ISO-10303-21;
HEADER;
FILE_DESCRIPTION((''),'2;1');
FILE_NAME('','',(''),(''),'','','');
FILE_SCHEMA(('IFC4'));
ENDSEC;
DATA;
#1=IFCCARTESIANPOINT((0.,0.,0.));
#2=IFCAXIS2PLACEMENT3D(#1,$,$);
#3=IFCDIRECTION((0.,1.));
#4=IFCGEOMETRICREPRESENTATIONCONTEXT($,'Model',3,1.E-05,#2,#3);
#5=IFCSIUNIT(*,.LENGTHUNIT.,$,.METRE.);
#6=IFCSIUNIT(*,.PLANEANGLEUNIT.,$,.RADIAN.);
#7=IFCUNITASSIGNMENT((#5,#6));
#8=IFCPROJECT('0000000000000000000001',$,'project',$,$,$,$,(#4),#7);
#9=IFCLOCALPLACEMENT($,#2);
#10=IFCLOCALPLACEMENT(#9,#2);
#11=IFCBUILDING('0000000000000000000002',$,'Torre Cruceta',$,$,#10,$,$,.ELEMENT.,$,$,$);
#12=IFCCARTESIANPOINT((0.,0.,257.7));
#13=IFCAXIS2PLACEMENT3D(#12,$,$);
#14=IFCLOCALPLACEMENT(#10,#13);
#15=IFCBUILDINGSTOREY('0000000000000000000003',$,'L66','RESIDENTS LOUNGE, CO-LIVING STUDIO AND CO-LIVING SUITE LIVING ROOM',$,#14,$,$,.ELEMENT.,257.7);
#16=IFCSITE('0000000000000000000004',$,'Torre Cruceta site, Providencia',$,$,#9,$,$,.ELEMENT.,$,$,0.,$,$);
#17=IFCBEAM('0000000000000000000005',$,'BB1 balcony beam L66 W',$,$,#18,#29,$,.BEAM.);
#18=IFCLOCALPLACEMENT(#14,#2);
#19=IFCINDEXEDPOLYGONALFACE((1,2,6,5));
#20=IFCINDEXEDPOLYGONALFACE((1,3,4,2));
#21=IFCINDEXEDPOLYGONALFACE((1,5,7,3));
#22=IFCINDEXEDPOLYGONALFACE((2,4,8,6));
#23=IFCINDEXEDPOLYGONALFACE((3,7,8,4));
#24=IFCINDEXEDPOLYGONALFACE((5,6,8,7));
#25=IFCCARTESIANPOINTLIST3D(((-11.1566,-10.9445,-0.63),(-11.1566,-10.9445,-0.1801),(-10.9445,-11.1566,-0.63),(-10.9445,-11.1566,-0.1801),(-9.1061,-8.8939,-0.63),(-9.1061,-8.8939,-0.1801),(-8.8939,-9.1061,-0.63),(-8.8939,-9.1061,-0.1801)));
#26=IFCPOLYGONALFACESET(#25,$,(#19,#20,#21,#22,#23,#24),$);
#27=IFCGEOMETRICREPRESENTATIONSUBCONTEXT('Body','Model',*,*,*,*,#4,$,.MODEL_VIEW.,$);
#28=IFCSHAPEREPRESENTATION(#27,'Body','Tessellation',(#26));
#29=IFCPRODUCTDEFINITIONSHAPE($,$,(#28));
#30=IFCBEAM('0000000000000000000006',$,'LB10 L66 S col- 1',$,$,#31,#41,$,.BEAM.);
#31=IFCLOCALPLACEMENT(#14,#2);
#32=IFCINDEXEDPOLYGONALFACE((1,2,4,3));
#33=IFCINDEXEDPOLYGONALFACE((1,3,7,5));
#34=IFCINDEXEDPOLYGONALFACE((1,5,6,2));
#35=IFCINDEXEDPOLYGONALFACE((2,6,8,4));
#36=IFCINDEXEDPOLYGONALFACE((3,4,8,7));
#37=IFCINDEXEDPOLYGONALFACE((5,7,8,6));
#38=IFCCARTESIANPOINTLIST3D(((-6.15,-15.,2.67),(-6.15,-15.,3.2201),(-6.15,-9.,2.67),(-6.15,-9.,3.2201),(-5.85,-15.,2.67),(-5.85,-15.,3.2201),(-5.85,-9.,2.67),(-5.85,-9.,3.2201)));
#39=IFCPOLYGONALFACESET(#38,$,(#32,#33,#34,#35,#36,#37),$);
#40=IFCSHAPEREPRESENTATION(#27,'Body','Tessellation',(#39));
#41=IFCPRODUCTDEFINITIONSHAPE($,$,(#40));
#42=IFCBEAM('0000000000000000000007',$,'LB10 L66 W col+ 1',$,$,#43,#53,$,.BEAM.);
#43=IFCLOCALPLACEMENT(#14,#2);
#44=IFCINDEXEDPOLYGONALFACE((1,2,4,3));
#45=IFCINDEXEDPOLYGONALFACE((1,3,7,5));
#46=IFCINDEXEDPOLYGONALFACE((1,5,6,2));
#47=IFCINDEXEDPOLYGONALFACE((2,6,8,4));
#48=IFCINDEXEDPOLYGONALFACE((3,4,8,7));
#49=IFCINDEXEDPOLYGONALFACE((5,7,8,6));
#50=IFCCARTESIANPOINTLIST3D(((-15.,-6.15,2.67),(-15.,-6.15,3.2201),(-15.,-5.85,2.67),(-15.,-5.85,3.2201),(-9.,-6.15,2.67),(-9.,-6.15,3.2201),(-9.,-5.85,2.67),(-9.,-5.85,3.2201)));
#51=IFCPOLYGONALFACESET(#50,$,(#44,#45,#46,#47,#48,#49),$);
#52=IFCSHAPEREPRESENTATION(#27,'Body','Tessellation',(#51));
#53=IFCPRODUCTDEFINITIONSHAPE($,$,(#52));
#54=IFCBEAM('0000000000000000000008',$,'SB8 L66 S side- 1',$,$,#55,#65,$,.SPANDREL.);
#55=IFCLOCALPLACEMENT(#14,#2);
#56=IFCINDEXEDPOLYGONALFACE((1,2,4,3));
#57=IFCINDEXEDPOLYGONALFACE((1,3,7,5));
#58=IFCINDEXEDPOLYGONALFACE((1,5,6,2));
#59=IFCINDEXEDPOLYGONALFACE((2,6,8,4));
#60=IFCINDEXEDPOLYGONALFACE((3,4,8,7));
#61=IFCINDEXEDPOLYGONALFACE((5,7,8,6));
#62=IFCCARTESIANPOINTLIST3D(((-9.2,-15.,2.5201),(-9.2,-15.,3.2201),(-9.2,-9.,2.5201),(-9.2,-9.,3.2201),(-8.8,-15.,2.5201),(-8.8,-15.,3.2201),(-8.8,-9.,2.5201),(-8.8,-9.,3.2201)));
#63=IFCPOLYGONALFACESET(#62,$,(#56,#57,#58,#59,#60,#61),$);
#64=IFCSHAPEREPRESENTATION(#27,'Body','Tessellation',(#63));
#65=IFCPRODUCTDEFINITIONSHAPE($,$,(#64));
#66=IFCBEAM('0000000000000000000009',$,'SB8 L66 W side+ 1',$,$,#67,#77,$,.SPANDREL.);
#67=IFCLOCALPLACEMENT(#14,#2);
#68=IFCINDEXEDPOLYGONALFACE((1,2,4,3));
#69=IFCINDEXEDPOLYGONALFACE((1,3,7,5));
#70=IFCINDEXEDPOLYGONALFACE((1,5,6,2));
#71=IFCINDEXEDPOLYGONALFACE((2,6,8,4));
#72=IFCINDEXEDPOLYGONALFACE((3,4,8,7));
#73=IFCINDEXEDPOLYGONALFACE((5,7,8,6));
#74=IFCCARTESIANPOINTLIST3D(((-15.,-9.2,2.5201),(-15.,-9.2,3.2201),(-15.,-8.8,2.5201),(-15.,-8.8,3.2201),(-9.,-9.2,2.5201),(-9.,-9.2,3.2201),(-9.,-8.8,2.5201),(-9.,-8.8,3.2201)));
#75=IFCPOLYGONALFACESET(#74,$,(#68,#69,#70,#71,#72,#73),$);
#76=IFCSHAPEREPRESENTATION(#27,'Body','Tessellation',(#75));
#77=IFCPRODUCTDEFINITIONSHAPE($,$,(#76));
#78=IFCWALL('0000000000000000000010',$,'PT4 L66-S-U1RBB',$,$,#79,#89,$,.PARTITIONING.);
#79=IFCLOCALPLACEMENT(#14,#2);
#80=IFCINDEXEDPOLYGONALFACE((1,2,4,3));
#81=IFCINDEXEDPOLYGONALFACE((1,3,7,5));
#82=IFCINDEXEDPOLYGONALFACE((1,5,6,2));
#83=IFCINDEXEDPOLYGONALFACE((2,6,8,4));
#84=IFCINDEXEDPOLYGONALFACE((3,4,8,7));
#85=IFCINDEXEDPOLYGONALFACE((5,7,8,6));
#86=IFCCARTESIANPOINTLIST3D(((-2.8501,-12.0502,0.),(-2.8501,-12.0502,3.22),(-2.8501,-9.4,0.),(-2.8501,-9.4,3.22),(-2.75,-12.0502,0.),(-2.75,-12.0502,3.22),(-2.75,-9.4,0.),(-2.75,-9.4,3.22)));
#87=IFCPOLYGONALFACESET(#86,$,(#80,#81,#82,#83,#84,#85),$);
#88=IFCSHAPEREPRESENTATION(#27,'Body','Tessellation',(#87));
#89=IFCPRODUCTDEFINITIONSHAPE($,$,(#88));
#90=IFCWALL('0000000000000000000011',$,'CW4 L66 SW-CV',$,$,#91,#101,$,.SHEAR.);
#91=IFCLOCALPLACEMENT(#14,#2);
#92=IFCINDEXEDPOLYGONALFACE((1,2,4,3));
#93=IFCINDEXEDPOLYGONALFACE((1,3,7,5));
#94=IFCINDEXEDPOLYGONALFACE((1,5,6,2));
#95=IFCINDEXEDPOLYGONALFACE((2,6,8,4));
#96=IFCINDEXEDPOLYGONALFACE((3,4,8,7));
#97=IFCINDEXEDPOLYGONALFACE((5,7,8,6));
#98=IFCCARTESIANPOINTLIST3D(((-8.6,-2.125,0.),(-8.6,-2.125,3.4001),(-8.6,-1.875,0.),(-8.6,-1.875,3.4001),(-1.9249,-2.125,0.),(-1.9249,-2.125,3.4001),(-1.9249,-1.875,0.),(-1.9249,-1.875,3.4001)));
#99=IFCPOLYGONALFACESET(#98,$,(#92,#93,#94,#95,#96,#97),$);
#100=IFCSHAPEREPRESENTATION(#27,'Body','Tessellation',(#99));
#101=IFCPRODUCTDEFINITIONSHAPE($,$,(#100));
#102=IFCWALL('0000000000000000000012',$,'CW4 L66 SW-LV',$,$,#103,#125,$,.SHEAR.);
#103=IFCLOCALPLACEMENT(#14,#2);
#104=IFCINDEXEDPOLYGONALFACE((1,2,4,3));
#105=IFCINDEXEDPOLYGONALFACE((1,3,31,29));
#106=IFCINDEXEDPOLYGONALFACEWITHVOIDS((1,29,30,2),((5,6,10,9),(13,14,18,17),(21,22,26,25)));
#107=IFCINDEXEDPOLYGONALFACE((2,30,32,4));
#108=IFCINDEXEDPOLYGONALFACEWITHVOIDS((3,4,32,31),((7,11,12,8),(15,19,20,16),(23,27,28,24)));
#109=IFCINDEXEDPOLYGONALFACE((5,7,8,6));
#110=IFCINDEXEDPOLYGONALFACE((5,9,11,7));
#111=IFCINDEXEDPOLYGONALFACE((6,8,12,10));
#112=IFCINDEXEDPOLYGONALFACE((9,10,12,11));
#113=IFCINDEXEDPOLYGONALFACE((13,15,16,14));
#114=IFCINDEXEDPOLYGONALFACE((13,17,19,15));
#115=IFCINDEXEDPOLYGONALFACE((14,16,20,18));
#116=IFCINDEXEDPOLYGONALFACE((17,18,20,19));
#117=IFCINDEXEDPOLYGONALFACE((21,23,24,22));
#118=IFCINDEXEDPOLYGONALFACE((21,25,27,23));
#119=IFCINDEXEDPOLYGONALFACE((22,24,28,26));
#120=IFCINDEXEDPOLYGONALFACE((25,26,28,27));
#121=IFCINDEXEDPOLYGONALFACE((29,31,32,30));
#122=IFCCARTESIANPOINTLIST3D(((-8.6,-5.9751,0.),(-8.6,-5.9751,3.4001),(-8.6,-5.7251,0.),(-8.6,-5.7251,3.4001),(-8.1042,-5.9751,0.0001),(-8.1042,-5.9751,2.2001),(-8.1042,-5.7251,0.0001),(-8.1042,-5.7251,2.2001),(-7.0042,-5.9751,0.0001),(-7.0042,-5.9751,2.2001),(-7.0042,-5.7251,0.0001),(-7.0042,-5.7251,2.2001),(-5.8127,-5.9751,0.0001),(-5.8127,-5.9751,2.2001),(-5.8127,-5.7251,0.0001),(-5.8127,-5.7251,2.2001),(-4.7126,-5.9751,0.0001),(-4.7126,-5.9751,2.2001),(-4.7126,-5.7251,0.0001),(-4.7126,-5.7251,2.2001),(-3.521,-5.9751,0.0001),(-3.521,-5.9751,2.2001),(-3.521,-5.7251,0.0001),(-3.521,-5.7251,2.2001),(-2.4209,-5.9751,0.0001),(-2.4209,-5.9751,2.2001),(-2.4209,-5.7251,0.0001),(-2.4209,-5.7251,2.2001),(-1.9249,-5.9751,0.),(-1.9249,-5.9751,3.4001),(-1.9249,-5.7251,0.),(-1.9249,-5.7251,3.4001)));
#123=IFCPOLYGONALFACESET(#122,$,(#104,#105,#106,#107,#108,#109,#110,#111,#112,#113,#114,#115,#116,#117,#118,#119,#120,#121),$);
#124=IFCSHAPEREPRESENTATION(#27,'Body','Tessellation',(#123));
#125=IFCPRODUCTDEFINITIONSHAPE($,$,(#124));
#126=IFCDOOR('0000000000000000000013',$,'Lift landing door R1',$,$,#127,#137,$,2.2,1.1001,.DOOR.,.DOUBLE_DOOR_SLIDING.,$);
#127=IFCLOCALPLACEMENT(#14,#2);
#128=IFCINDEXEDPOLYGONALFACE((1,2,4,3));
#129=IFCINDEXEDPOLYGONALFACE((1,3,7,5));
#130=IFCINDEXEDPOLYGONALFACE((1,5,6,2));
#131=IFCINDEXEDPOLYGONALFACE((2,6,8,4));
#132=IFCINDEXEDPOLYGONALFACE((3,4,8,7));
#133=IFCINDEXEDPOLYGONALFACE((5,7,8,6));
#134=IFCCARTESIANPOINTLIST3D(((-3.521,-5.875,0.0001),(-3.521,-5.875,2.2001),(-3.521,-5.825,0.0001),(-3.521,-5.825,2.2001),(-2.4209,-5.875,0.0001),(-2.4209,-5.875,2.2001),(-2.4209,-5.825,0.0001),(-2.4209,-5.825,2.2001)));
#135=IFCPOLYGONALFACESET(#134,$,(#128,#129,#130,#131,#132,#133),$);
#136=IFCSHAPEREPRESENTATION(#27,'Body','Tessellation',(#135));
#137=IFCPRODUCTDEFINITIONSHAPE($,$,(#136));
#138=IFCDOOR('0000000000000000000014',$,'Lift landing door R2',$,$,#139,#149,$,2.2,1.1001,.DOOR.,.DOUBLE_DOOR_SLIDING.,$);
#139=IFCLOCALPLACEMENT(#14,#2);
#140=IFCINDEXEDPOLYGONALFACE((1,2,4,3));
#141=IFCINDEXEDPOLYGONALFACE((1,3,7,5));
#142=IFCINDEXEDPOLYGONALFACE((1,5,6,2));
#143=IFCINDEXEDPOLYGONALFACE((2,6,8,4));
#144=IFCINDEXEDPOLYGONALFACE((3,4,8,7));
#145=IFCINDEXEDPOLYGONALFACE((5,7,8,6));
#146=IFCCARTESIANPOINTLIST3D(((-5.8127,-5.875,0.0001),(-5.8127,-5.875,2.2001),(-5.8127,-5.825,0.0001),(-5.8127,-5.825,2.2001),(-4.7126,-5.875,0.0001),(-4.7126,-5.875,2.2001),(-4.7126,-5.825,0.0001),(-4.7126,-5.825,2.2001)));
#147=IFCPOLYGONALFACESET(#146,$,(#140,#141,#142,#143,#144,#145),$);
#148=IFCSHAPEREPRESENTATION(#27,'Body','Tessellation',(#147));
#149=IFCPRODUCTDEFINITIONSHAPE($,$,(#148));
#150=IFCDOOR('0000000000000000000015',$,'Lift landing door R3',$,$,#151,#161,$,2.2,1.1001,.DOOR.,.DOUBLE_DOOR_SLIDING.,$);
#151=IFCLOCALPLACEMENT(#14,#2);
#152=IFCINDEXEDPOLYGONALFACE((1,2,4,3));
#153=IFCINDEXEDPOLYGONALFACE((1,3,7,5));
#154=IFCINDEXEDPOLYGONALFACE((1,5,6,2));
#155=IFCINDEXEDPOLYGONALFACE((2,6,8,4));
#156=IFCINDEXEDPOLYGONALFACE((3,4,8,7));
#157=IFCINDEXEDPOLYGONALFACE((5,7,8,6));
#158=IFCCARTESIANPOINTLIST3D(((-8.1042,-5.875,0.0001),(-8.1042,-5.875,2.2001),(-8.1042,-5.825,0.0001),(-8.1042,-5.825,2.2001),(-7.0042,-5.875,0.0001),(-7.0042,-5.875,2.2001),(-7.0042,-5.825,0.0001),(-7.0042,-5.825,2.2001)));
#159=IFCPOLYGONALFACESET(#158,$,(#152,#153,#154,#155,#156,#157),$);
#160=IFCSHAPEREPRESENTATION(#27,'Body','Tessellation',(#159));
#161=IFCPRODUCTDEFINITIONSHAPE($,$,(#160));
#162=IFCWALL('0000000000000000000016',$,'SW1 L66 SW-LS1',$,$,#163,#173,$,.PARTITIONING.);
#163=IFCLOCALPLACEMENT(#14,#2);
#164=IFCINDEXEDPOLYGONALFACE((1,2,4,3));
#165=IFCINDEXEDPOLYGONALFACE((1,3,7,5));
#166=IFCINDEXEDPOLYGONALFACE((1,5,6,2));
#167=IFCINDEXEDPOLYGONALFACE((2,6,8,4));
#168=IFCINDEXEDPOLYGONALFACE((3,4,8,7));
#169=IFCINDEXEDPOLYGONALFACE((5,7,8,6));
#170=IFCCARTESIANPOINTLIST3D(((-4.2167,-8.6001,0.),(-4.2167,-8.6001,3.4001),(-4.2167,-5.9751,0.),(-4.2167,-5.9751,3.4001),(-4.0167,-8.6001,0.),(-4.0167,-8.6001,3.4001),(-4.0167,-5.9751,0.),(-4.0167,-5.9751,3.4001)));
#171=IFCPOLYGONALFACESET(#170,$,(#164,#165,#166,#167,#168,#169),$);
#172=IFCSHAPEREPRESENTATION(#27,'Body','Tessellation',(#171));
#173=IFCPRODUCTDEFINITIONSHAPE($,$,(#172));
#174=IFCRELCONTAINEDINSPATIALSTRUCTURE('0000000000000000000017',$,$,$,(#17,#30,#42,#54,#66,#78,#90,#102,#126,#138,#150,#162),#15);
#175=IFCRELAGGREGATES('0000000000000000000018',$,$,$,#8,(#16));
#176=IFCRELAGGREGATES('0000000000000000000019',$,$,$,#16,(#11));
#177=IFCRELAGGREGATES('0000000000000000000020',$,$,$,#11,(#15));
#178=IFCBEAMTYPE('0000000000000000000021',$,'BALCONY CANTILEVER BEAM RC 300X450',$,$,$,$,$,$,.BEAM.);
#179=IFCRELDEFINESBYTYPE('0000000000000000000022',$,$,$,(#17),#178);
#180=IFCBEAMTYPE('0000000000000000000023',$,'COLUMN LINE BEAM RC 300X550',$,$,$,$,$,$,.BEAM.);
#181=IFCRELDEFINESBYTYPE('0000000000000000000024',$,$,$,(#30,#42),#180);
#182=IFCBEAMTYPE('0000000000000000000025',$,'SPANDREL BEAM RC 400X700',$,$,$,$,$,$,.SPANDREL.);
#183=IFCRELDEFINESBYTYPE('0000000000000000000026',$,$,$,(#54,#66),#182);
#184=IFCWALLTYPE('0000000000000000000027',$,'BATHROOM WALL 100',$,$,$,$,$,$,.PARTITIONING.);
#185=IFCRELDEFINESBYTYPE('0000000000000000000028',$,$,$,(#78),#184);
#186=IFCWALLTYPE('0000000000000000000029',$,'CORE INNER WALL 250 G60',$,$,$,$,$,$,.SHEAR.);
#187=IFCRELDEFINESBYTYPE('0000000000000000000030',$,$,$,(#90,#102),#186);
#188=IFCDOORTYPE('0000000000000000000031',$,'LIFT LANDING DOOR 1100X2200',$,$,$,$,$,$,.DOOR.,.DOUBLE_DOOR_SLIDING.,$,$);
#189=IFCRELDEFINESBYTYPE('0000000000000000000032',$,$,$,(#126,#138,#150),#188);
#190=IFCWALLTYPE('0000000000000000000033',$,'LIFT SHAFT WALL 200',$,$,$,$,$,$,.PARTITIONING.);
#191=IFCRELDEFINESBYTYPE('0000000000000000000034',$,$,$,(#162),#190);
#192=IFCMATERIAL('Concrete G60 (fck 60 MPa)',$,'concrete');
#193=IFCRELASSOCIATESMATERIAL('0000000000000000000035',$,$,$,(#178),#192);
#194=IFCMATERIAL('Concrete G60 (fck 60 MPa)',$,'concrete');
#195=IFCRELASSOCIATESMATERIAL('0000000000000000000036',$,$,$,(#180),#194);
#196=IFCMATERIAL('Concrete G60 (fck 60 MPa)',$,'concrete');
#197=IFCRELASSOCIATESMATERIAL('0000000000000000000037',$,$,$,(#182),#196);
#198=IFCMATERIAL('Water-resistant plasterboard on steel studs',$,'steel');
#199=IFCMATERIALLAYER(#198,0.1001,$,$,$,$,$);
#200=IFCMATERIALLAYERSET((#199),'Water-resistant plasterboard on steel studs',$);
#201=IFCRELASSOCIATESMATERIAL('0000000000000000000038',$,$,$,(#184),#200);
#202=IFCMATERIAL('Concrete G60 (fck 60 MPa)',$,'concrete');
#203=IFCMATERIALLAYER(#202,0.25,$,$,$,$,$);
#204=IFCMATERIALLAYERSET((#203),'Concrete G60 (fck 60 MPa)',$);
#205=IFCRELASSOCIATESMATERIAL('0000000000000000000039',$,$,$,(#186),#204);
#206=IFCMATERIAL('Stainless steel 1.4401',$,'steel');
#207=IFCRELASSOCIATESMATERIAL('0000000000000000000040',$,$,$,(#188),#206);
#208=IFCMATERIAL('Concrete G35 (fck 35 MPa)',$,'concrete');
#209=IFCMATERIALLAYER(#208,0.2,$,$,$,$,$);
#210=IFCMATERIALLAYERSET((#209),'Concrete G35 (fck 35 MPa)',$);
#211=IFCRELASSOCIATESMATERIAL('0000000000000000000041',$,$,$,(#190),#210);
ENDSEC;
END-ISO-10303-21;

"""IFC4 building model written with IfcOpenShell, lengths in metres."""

from ifc_helpers import new_model, si_unit, direction, frame, frame_2d, origin, origin_2d, place, context, subcontext, project, spatial, rectangle, extrude, material, layer, layer_set, material_profile, profile_set, type_object, element, fill, save


model = new_model("IFC4")

# Units and contexts
model_context = context("Model", 3, precision=1e-05, world=origin(), true_north=direction((0.0, 1.0)))
body_context = subcontext(model_context, "Body", "Model", "MODEL_VIEW")
ifc_project = project(units=[si_unit("LENGTHUNIT", "METRE"), si_unit("PLANEANGLEUNIT", "RADIAN")], contexts=[model_context])

# Site, building, storey
site_placement = place(None, origin())
site = spatial("IfcSite", under=ifc_project, at=site_placement, Name="Torre Cruceta site, Providencia", CompositionType="ELEMENT", RefElevation=0.0)
building_placement = place(site_placement, origin())
building = spatial("IfcBuilding", under=site, at=building_placement, Name="Torre Cruceta", CompositionType="ELEMENT")
storey_placement = place(building_placement, frame((0.0, 0.0, 257.7)))
storey = spatial("IfcBuildingStorey", under=building, at=storey_placement, Name="L66", Description="RESIDENTS LOUNGE, CO-LIVING STUDIO AND CO-LIVING SUITE LIVING ROOM", CompositionType="ELEMENT", Elevation=257.7)

# Beams
ifc_material_1 = material(Name="Concrete G60 (fck 60 MPa)", Category="concrete")
ifc_material_profile_1 = material_profile(ifc_material_1, rectangle(XDim=0.3, YDim=0.45, at=origin_2d()), Name="RC 300X450")
ifc_profile_set_1 = profile_set([ifc_material_profile_1], Name="Concrete G60 (fck 60 MPa)")
beam_type_1 = type_object("IfcBeamType", Name="BALCONY CANTILEVER BEAM RC 300X450", PredefinedType="BEAM", material=ifc_profile_set_1)
beam_placement = place(storey_placement, frame((-9.0, -9.0, -0.405), z_axis=(-0.707107, -0.707107, 0.0), x_axis=(0.707107, -0.707107, 0.0)))
element("IfcBeam", 1, at=beam_placement, inside=storey, type_object=beam_type_1, Name="BB1 balcony beam L66 W", PredefinedType="BEAM", context=body_context, shape_type="SweptSolid", body=[
    extrude(rectangle(XDim=0.3, YDim=0.45, at=origin_2d()), origin(), (0.0, 0.0, 1.0), 2.8999),
])
ifc_material_2 = material(Name="Concrete G60 (fck 60 MPa)", Category="concrete")
ifc_material_profile_2 = material_profile(ifc_material_2, rectangle(XDim=0.3, YDim=0.55, at=origin_2d()), Name="RC 300X550")
ifc_profile_set_2 = profile_set([ifc_material_profile_2], Name="Concrete G60 (fck 60 MPa)")
beam_type_2 = type_object("IfcBeamType", Name="COLUMN LINE BEAM RC 300X550", PredefinedType="BEAM", material=ifc_profile_set_2)
for number, where, z_axis, x_axis, name in (
    (2, (-6.0, -9.0, 2.9451), (0.0, -1.0, 0.0), (1.0, 0.0, 0.0), "LB10 L66 S col- 1"),
    (3, (-9.0, -6.0, 2.9451), (-1.0, 0.0, 0.0), (0.0, -1.0, 0.0), "LB10 L66 W col+ 1"),
):
    element("IfcBeam", number, at=place(storey_placement, frame(where, z_axis=z_axis, x_axis=x_axis)), inside=storey, type_object=beam_type_2, Name=name, PredefinedType="BEAM", context=body_context, shape_type="SweptSolid", body=[
        extrude(rectangle(XDim=0.3, YDim=0.55, at=origin_2d()), origin(), (0.0, 0.0, 1.0), 6.0),
    ])
ifc_material_3 = material(Name="Concrete G60 (fck 60 MPa)", Category="concrete")
ifc_material_profile_3 = material_profile(ifc_material_3, rectangle(XDim=0.3999, YDim=0.7, at=origin_2d()), Name="RC 400X700")
ifc_profile_set_3 = profile_set([ifc_material_profile_3], Name="Concrete G60 (fck 60 MPa)")
beam_type_3 = type_object("IfcBeamType", Name="SPANDREL BEAM RC 400X700", PredefinedType="SPANDREL", material=ifc_profile_set_3)
for number, where, z_axis, x_axis, name in (
    (4, (-9.0, -9.0, 2.8701), (0.0, -1.0, 0.0), (1.0, 0.0, 0.0), "SB8 L66 S side- 1"),
    (5, (-9.0, -9.0, 2.8701), (-1.0, 0.0, 0.0), (0.0, -1.0, 0.0), "SB8 L66 W side+ 1"),
):
    element("IfcBeam", number, at=place(storey_placement, frame(where, z_axis=z_axis, x_axis=x_axis)), inside=storey, type_object=beam_type_3, Name=name, PredefinedType="SPANDREL", context=body_context, shape_type="SweptSolid", body=[
        extrude(rectangle(XDim=0.3999, YDim=0.7, at=origin_2d()), origin(), (0.0, 0.0, 1.0), 6.0),
    ])

# Wall
ifc_material_4 = material(Name="Water-resistant plasterboard on steel studs", Category="steel")
ifc_layer_1 = layer(ifc_material_4, 0.1001)
ifc_layer_set_1 = layer_set([ifc_layer_1], Name="Water-resistant plasterboard on steel studs")
wall_type_1 = type_object("IfcWallType", Name="BATHROOM WALL 100", PredefinedType="PARTITIONING", material=ifc_layer_set_1)
wall_1_placement = place(storey_placement, frame((-2.8, -9.3999, 0.0), z_axis=(0.0, 0.0, 1.0), x_axis=(0.0, -1.0, 0.0)))
element("IfcWall", 6, at=wall_1_placement, inside=storey, type_object=wall_type_1, Name="PT4 L66-S-U1RBB", PredefinedType="PARTITIONING", context=body_context, shape_type="SweptSolid", body=[
    extrude(rectangle(XDim=2.6501, YDim=0.1001, at=frame_2d((1.3252, 0.0))), origin(), (0.0, 0.0, 1.0), 3.22),
])

# Shared definitions
ifc_material_5 = material(Name="Concrete G60 (fck 60 MPa)", Category="concrete")
ifc_layer_2 = layer(ifc_material_5, 0.25)
ifc_layer_set_2 = layer_set([ifc_layer_2], Name="Concrete G60 (fck 60 MPa)")
wall_type_2 = type_object("IfcWallType", Name="CORE INNER WALL 250 G60", PredefinedType="SHEAR", material=ifc_layer_set_2)

# Wall
wall_2_placement = place(storey_placement, frame((-1.925, -2.0, 0.0), z_axis=(0.0, 0.0, 1.0), x_axis=(-1.0, 0.0, 0.0)))
element("IfcWall", 7, at=wall_2_placement, inside=storey, type_object=wall_type_2, Name="CW4 L66 SW-CV", PredefinedType="SHEAR", context=body_context, shape_type="SweptSolid", body=[
    extrude(rectangle(XDim=6.675, YDim=0.25, at=frame_2d((3.3374, 0.0))), origin(), (0.0, 0.0, 1.0), 3.4001),
])

# Wall, openings, doors
wall_3_placement = place(storey_placement, frame((-1.925, -5.8501, 0.0), z_axis=(0.0, 0.0, 1.0), x_axis=(-1.0, 0.0, 0.0)))
wall_3 = element("IfcWall", 8, at=wall_3_placement, inside=storey, type_object=wall_type_2, Name="CW4 L66 SW-LV", PredefinedType="SHEAR", context=body_context, shape_type="SweptSolid", body=[
    extrude(rectangle(XDim=6.675, YDim=0.25, at=frame_2d((3.3374, 0.0))), origin(), (0.0, 0.0, 1.0), 3.4001),
])
opening_1_placement = place(wall_3_placement, frame((0.4958, 0.0, 0.0)))
opening_1 = element("IfcOpeningElement", 9, at=opening_1_placement, cuts=wall_3, PredefinedType="OPENING", context=body_context, shape_type="SweptSolid", body=[
    extrude(rectangle(XDim=1.1001, YDim=2.2, at=frame_2d((0.55, 1.1001))), frame((0.0, 0.135, 0.0), z_axis=(0.0, -1.0, 0.0), x_axis=(1.0, 0.0, 0.0)), (0.0, 0.0, 1.0), 0.27),
])
opening_2_placement = place(wall_3_placement, frame((2.7876, 0.0, 0.0)))
opening_2 = element("IfcOpeningElement", 10, at=opening_2_placement, cuts=wall_3, PredefinedType="OPENING", context=body_context, shape_type="SweptSolid", body=[
    extrude(rectangle(XDim=1.1001, YDim=2.2, at=frame_2d((0.55, 1.1001))), frame((0.0, 0.135, 0.0), z_axis=(0.0, -1.0, 0.0), x_axis=(1.0, 0.0, 0.0)), (0.0, 0.0, 1.0), 0.27),
])
opening_3_placement = place(wall_3_placement, frame((5.0791, 0.0, 0.0)))
opening_3 = element("IfcOpeningElement", 11, at=opening_3_placement, cuts=wall_3, PredefinedType="OPENING", context=body_context, shape_type="SweptSolid", body=[
    extrude(rectangle(XDim=1.1001, YDim=2.2, at=frame_2d((0.55, 1.1001))), frame((0.0, 0.135, 0.0), z_axis=(0.0, -1.0, 0.0), x_axis=(1.0, 0.0, 0.0)), (0.0, 0.0, 1.0), 0.27),
])
ifc_material_6 = material(Name="Stainless steel 1.4401", Category="steel")
door_type_1 = type_object("IfcDoorType", Name="LIFT LANDING DOOR 1100X2200", OperationType="DOUBLE_DOOR_SLIDING", PredefinedType="DOOR", material=ifc_material_6)
door_1_placement = place(opening_1_placement, origin())
door_1 = element("IfcDoor", 12, at=door_1_placement, inside=storey, type_object=door_type_1, Name="Lift landing door R1", OperationType="DOUBLE_DOOR_SLIDING", OverallHeight=2.2, OverallWidth=1.1001, PredefinedType="DOOR", context=body_context, shape_type="SweptSolid", body=[
    extrude(rectangle(XDim=1.1001, YDim=2.2, at=frame_2d((0.55, 1.1001))), frame((0.0, 0.0249, 0.0), z_axis=(0.0, -1.0, 0.0), x_axis=(1.0, 0.0, 0.0)), (0.0, 0.0, 1.0), 0.05),
])
fill(opening_1, door_1)
door_2_placement = place(opening_2_placement, origin())
door_2 = element("IfcDoor", 13, at=door_2_placement, inside=storey, type_object=door_type_1, Name="Lift landing door R2", OperationType="DOUBLE_DOOR_SLIDING", OverallHeight=2.2, OverallWidth=1.1001, PredefinedType="DOOR", context=body_context, shape_type="SweptSolid", body=[
    extrude(rectangle(XDim=1.1001, YDim=2.2, at=frame_2d((0.55, 1.1001))), frame((0.0, 0.0249, 0.0), z_axis=(0.0, -1.0, 0.0), x_axis=(1.0, 0.0, 0.0)), (0.0, 0.0, 1.0), 0.05),
])
fill(opening_2, door_2)
door_3_placement = place(opening_3_placement, origin())
door_3 = element("IfcDoor", 14, at=door_3_placement, inside=storey, type_object=door_type_1, Name="Lift landing door R3", OperationType="DOUBLE_DOOR_SLIDING", OverallHeight=2.2, OverallWidth=1.1001, PredefinedType="DOOR", context=body_context, shape_type="SweptSolid", body=[
    extrude(rectangle(XDim=1.1001, YDim=2.2, at=frame_2d((0.55, 1.1001))), frame((0.0, 0.0249, 0.0), z_axis=(0.0, -1.0, 0.0), x_axis=(1.0, 0.0, 0.0)), (0.0, 0.0, 1.0), 0.05),
])
fill(opening_3, door_3)

# Wall
ifc_material_7 = material(Name="Concrete G35 (fck 35 MPa)", Category="concrete")
ifc_layer_3 = layer(ifc_material_7, 0.2)
ifc_layer_set_3 = layer_set([ifc_layer_3], Name="Concrete G35 (fck 35 MPa)")
wall_type_3 = type_object("IfcWallType", Name="LIFT SHAFT WALL 200", PredefinedType="PARTITIONING", material=ifc_layer_set_3)
for number, where, z_axis, x_axis, name in (
    (15, (-4.1167, -5.9751, 0.0), (0.0, 0.0, 1.0), (0.0, -1.0, 0.0), "SW1 L66 SW-LS1"),
):
    element("IfcWall", number, at=place(storey_placement, frame(where, z_axis=z_axis, x_axis=x_axis)), inside=storey, type_object=wall_type_3, Name=name, PredefinedType="PARTITIONING", context=body_context, shape_type="SweptSolid", body=[
        extrude(rectangle(XDim=2.625, YDim=0.2, at=frame_2d((1.3125, 0.0))), origin(), (0.0, 0.0, 1.0), 3.4001),
    ])

save(model, "model.ifc")
